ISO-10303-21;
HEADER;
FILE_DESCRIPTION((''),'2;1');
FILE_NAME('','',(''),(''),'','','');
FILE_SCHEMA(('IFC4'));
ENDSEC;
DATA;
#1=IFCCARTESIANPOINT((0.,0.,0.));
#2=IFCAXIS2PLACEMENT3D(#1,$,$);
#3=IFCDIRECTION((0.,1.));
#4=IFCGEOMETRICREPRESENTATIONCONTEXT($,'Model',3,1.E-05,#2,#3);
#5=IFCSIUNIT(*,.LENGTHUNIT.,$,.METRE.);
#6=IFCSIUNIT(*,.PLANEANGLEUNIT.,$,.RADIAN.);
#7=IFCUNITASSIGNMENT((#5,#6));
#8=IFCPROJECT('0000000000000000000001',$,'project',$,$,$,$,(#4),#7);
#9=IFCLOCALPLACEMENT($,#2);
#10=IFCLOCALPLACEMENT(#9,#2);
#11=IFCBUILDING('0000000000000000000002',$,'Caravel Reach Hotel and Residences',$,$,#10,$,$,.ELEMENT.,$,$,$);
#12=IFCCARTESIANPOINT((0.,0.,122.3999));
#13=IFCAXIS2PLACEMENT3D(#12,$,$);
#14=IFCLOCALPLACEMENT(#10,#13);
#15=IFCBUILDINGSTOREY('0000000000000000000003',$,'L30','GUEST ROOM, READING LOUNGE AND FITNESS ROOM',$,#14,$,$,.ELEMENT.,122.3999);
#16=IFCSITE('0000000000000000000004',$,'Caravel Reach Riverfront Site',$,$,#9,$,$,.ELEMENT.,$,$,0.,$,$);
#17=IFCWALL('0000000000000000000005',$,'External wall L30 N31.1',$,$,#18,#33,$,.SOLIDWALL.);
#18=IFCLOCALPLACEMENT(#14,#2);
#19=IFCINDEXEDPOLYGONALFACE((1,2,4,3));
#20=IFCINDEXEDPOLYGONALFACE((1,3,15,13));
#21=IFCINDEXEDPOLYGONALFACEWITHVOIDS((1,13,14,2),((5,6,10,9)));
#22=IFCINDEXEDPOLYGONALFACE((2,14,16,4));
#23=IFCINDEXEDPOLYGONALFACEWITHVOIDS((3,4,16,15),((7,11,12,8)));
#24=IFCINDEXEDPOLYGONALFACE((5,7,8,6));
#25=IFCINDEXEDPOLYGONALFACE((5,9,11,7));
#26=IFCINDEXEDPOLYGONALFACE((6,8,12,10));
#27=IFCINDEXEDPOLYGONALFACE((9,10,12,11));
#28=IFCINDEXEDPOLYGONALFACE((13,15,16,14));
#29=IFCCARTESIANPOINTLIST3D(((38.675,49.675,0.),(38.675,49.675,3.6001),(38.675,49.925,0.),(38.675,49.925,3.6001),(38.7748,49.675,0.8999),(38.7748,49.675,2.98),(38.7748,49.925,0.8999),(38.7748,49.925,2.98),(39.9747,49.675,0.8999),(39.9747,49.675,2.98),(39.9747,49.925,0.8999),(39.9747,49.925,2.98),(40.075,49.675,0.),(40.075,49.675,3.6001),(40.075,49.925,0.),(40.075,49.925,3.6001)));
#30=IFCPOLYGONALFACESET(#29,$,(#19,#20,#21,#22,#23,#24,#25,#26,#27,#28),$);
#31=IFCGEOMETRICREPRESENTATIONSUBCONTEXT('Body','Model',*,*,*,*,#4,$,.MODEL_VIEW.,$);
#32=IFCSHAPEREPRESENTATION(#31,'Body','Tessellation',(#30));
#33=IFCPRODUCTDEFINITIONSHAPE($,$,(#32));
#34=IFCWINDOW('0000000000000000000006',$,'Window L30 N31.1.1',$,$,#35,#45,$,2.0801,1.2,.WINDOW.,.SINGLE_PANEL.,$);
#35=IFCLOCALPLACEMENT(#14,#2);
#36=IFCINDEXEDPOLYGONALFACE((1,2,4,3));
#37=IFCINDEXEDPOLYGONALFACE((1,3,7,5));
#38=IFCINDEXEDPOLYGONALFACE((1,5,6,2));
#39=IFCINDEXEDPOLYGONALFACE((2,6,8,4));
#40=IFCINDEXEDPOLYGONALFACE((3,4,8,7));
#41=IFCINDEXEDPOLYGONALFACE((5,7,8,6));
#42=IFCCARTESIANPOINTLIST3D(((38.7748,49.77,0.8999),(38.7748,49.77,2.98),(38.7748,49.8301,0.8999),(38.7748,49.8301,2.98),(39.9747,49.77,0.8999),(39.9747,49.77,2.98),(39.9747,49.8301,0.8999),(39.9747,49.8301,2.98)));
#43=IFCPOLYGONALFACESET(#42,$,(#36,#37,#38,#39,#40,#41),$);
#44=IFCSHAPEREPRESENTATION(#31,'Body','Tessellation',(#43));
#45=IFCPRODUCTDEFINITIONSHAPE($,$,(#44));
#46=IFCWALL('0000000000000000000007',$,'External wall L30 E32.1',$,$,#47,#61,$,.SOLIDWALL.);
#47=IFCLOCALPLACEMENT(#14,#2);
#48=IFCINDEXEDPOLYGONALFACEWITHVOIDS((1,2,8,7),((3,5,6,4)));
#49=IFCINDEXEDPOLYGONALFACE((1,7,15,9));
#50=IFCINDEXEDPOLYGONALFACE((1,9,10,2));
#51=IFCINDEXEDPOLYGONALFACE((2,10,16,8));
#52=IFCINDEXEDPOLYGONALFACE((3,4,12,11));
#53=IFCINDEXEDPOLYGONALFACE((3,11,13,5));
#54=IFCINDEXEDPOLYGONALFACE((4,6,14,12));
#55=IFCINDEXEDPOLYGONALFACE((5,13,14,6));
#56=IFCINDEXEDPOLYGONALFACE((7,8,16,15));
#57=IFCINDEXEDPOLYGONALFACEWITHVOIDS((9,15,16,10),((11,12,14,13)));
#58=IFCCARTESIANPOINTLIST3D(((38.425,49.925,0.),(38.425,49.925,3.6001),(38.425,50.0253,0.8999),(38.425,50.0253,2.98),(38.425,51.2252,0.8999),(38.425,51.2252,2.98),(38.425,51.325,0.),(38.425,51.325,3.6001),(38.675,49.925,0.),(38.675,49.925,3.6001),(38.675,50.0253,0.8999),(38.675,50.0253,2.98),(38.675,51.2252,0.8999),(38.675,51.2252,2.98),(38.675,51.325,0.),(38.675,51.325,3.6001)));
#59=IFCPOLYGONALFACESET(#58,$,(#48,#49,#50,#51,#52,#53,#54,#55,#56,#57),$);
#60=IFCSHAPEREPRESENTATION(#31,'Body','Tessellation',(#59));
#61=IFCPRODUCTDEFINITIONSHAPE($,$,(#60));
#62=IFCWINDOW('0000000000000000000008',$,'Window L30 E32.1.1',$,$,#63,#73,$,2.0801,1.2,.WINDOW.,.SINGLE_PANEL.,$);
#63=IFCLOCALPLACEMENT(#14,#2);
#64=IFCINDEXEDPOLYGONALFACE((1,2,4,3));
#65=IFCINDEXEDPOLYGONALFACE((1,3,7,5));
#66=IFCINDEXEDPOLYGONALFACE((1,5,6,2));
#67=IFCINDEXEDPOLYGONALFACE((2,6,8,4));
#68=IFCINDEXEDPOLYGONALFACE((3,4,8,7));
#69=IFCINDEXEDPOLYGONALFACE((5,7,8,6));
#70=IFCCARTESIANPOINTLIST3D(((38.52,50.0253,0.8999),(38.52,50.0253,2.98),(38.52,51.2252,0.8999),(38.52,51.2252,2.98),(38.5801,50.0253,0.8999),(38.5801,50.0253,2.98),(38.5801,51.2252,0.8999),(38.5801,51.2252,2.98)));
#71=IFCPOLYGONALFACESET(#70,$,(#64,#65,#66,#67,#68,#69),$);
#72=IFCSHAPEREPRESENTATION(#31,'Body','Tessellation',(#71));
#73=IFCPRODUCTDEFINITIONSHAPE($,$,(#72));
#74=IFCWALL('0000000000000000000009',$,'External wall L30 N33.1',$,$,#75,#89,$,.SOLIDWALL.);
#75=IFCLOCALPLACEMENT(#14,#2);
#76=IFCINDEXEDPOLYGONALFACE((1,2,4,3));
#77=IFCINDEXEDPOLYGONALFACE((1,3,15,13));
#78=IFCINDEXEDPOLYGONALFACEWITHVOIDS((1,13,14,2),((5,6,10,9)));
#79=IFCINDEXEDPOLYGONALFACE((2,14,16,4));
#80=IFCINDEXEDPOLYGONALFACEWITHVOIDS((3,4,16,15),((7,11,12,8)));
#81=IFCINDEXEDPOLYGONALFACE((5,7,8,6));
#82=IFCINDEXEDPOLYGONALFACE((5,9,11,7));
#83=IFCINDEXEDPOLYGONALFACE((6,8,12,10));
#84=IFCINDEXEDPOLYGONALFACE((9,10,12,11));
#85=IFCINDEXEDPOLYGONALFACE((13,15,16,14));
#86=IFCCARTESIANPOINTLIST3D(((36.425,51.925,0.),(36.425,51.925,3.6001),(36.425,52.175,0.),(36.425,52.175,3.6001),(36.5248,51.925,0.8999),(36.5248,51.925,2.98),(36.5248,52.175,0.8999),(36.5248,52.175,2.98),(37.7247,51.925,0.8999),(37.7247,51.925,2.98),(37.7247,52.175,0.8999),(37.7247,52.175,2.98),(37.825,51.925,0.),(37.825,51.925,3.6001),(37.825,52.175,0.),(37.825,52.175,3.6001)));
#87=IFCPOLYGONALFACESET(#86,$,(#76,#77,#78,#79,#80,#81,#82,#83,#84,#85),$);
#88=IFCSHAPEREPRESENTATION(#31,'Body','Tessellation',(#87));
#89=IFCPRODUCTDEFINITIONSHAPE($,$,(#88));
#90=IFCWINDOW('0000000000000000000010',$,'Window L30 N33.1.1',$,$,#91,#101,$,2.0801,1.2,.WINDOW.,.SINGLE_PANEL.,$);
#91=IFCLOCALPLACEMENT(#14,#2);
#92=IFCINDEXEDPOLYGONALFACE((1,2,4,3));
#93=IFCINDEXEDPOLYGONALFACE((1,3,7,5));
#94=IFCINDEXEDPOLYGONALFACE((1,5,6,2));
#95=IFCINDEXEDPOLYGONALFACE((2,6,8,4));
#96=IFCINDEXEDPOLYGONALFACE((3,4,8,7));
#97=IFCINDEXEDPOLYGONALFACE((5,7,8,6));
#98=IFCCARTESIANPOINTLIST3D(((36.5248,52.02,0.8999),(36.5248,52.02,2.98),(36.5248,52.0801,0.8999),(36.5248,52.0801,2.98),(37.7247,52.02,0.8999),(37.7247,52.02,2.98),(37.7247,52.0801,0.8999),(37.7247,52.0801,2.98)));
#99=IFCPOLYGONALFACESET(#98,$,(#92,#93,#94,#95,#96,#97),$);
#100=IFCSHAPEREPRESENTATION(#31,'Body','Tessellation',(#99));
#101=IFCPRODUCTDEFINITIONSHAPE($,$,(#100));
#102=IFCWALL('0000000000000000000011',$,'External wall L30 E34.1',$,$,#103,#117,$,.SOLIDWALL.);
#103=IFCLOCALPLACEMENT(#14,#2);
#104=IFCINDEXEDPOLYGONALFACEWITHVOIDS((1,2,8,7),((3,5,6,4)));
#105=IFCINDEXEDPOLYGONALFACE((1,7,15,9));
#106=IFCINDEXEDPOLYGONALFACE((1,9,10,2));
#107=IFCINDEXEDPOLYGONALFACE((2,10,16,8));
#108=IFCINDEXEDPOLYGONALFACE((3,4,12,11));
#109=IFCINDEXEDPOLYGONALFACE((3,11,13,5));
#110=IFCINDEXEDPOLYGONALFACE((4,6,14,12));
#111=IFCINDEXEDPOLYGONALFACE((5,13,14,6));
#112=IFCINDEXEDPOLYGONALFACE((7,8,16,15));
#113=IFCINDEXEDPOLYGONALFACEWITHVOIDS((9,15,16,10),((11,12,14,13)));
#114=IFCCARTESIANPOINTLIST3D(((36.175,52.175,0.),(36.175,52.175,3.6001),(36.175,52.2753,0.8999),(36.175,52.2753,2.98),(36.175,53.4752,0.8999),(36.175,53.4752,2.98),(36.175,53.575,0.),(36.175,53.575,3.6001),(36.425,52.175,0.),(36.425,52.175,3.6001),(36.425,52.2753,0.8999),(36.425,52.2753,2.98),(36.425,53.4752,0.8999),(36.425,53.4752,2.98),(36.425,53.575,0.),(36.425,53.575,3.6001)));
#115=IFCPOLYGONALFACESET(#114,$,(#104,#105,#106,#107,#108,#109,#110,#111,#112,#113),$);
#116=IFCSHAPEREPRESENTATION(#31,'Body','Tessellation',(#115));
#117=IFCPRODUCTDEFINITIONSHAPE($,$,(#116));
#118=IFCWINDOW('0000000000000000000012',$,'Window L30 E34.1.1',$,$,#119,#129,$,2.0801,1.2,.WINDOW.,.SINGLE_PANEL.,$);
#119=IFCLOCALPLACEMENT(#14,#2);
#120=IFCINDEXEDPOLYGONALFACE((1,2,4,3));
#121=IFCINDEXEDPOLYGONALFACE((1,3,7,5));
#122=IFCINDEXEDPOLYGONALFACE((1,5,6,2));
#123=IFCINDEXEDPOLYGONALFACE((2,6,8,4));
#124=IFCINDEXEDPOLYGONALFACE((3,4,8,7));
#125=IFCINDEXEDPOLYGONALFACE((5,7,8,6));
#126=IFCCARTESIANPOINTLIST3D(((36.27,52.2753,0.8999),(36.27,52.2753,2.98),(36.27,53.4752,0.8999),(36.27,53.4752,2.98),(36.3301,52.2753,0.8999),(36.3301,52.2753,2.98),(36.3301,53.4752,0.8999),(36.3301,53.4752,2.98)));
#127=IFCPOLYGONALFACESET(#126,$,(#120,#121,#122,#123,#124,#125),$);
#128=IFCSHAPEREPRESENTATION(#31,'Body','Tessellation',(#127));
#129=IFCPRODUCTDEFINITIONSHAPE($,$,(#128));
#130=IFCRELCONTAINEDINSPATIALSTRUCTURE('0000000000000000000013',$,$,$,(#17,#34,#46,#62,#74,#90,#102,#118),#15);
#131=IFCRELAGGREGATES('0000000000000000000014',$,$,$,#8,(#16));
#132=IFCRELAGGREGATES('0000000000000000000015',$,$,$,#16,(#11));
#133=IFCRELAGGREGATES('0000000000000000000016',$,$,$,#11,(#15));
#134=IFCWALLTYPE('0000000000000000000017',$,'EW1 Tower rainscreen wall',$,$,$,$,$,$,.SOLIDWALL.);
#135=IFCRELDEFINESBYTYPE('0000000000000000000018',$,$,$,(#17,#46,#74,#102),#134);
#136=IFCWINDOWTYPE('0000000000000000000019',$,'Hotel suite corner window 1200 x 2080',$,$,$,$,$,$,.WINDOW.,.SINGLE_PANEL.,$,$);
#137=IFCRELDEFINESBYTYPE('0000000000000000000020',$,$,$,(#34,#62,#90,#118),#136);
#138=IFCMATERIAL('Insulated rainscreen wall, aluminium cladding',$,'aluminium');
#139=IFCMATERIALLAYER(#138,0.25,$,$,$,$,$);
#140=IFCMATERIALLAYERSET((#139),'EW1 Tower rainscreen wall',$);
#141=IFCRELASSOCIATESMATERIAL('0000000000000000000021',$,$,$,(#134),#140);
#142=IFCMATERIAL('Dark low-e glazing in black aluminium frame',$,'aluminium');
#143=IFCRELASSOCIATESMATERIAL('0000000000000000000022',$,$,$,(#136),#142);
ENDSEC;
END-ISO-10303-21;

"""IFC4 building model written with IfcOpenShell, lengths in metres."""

from ifc_helpers import new_model, si_unit, direction, frame, frame_2d, origin, place, context, subcontext, project, spatial, rectangle, extrude, material, layer, layer_set, type_object, element, fill, save


model = new_model("IFC4")

# Units and contexts
model_context = context("Model", 3, precision=1e-05, world=origin(), true_north=direction((0.0, 1.0)))
body_context = subcontext(model_context, "Body", "Model", "MODEL_VIEW")
ifc_project = project(units=[si_unit("LENGTHUNIT", "METRE"), si_unit("PLANEANGLEUNIT", "RADIAN")], contexts=[model_context])

# Site, building, storey
site_placement = place(None, origin())
site = spatial("IfcSite", under=ifc_project, at=site_placement, Name="Caravel Reach Riverfront Site", CompositionType="ELEMENT", RefElevation=0.0)
building_placement = place(site_placement, origin())
building = spatial("IfcBuilding", under=site, at=building_placement, Name="Caravel Reach Hotel and Residences", CompositionType="ELEMENT")
storey_placement = place(building_placement, frame((0.0, 0.0, 122.3999)))
storey = spatial("IfcBuildingStorey", under=building, at=storey_placement, Name="L30", Description="GUEST ROOM, READING LOUNGE AND FITNESS ROOM", CompositionType="ELEMENT", Elevation=122.3999)

# Shared definitions
ifc_material_1 = material(Name="Insulated rainscreen wall, aluminium cladding", Category="aluminium")
ifc_layer_1 = layer(ifc_material_1, 0.25)
ifc_layer_set_1 = layer_set([ifc_layer_1], Name="EW1 Tower rainscreen wall")
wall_type_1 = type_object("IfcWallType", Name="EW1 Tower rainscreen wall", PredefinedType="SOLIDWALL", material=ifc_layer_set_1)

# Walls, openings, windows
wall_1_placement = place(storey_placement, frame((40.075, 49.8, 0.0), z_axis=(0.0, 0.0, 1.0), x_axis=(-1.0, 0.0, 0.0)))
wall_1 = element("IfcWall", 1, at=wall_1_placement, inside=storey, type_object=wall_type_1, Name="External wall L30 N31.1", PredefinedType="SOLIDWALL", context=body_context, shape_type="SweptSolid", body=[
    extrude(rectangle(XDim=1.3999, YDim=0.25, at=frame_2d((0.7, 0.0))), origin(), (0.0, 0.0, 1.0), 3.6001),
])
opening_1_placement = place(wall_1_placement, frame((0.1001, 0.0, 0.8999)))
opening_1 = element("IfcOpeningElement", 2, at=opening_1_placement, cuts=wall_1, PredefinedType="OPENING", context=body_context, shape_type="SweptSolid", body=[
    extrude(rectangle(XDim=1.2, YDim=2.0801, at=frame_2d((0.6001, 1.04))), frame((0.0, 0.135, 0.0), z_axis=(0.0, -1.0, 0.0), x_axis=(1.0, 0.0, 0.0)), (0.0, 0.0, 1.0), 0.27),
])
ifc_material_2 = material(Name="Dark low-e glazing in black aluminium frame", Category="aluminium")
window_type_1 = type_object("IfcWindowType", Name="Hotel suite corner window 1200 x 2080", PartitioningType="SINGLE_PANEL", PredefinedType="WINDOW", material=ifc_material_2)
window_1_placement = place(opening_1_placement, origin())
window_1 = element("IfcWindow", 3, at=window_1_placement, inside=storey, type_object=window_type_1, Name="Window L30 N31.1.1", OverallHeight=2.0801, OverallWidth=1.2, PartitioningType="SINGLE_PANEL", PredefinedType="WINDOW", context=body_context, shape_type="SweptSolid", body=[
    extrude(rectangle(XDim=1.2, YDim=2.0801, at=frame_2d((0.6001, 1.04))), frame((0.0, 0.03, 0.0), z_axis=(0.0, -1.0, 0.0), x_axis=(1.0, 0.0, 0.0)), (0.0, 0.0, 1.0), 0.0601),
])
fill(opening_1, window_1)
wall_2_placement = place(storey_placement, frame((38.55, 49.925, 0.0), z_axis=(0.0, 0.0, 1.0), x_axis=(0.0, 1.0, 0.0)))
wall_2 = element("IfcWall", 4, at=wall_2_placement, inside=storey, type_object=wall_type_1, Name="External wall L30 E32.1", PredefinedType="SOLIDWALL", context=body_context, shape_type="SweptSolid", body=[
    extrude(rectangle(XDim=1.3999, YDim=0.25, at=frame_2d((0.7, 0.0))), origin(), (0.0, 0.0, 1.0), 3.6001),
])
opening_2_placement = place(wall_2_placement, frame((0.1001, 0.0, 0.8999)))
opening_2 = element("IfcOpeningElement", 5, at=opening_2_placement, cuts=wall_2, PredefinedType="OPENING", context=body_context, shape_type="SweptSolid", body=[
    extrude(rectangle(XDim=1.2, YDim=2.0801, at=frame_2d((0.6001, 1.04))), frame((0.0, 0.135, 0.0), z_axis=(0.0, -1.0, 0.0), x_axis=(1.0, 0.0, 0.0)), (0.0, 0.0, 1.0), 0.27),
])
window_2_placement = place(opening_2_placement, origin())
window_2 = element("IfcWindow", 6, at=window_2_placement, inside=storey, type_object=window_type_1, Name="Window L30 E32.1.1", OverallHeight=2.0801, OverallWidth=1.2, PartitioningType="SINGLE_PANEL", PredefinedType="WINDOW", context=body_context, shape_type="SweptSolid", body=[
    extrude(rectangle(XDim=1.2, YDim=2.0801, at=frame_2d((0.6001, 1.04))), frame((0.0, 0.03, 0.0), z_axis=(0.0, -1.0, 0.0), x_axis=(1.0, 0.0, 0.0)), (0.0, 0.0, 1.0), 0.0601),
])
fill(opening_2, window_2)
wall_3_placement = place(storey_placement, frame((37.825, 52.05, 0.0), z_axis=(0.0, 0.0, 1.0), x_axis=(-1.0, 0.0, 0.0)))
wall_3 = element("IfcWall", 7, at=wall_3_placement, inside=storey, type_object=wall_type_1, Name="External wall L30 N33.1", PredefinedType="SOLIDWALL", context=body_context, shape_type="SweptSolid", body=[
    extrude(rectangle(XDim=1.3999, YDim=0.25, at=frame_2d((0.7, 0.0))), origin(), (0.0, 0.0, 1.0), 3.6001),
])
opening_3_placement = place(wall_3_placement, frame((0.1001, 0.0, 0.8999)))
opening_3 = element("IfcOpeningElement", 8, at=opening_3_placement, cuts=wall_3, PredefinedType="OPENING", context=body_context, shape_type="SweptSolid", body=[
    extrude(rectangle(XDim=1.2, YDim=2.0801, at=frame_2d((0.6001, 1.04))), frame((0.0, 0.135, 0.0), z_axis=(0.0, -1.0, 0.0), x_axis=(1.0, 0.0, 0.0)), (0.0, 0.0, 1.0), 0.27),
])
window_3_placement = place(opening_3_placement, origin())
window_3 = element("IfcWindow", 9, at=window_3_placement, inside=storey, type_object=window_type_1, Name="Window L30 N33.1.1", OverallHeight=2.0801, OverallWidth=1.2, PartitioningType="SINGLE_PANEL", PredefinedType="WINDOW", context=body_context, shape_type="SweptSolid", body=[
    extrude(rectangle(XDim=1.2, YDim=2.0801, at=frame_2d((0.6001, 1.04))), frame((0.0, 0.03, 0.0), z_axis=(0.0, -1.0, 0.0), x_axis=(1.0, 0.0, 0.0)), (0.0, 0.0, 1.0), 0.0601),
])
fill(opening_3, window_3)
wall_4_placement = place(storey_placement, frame((36.3, 52.175, 0.0), z_axis=(0.0, 0.0, 1.0), x_axis=(0.0, 1.0, 0.0)))
wall_4 = element("IfcWall", 10, at=wall_4_placement, inside=storey, type_object=wall_type_1, Name="External wall L30 E34.1", PredefinedType="SOLIDWALL", context=body_context, shape_type="SweptSolid", body=[
    extrude(rectangle(XDim=1.3999, YDim=0.25, at=frame_2d((0.7, 0.0))), origin(), (0.0, 0.0, 1.0), 3.6001),
])
opening_4_placement = place(wall_4_placement, frame((0.1001, 0.0, 0.8999)))
opening_4 = element("IfcOpeningElement", 11, at=opening_4_placement, cuts=wall_4, PredefinedType="OPENING", context=body_context, shape_type="SweptSolid", body=[
    extrude(rectangle(XDim=1.2, YDim=2.0801, at=frame_2d((0.6001, 1.04))), frame((0.0, 0.135, 0.0), z_axis=(0.0, -1.0, 0.0), x_axis=(1.0, 0.0, 0.0)), (0.0, 0.0, 1.0), 0.27),
])
window_4_placement = place(opening_4_placement, origin())
window_4 = element("IfcWindow", 12, at=window_4_placement, inside=storey, type_object=window_type_1, Name="Window L30 E34.1.1", OverallHeight=2.0801, OverallWidth=1.2, PartitioningType="SINGLE_PANEL", PredefinedType="WINDOW", context=body_context, shape_type="SweptSolid", body=[
    extrude(rectangle(XDim=1.2, YDim=2.0801, at=frame_2d((0.6001, 1.04))), frame((0.0, 0.03, 0.0), z_axis=(0.0, -1.0, 0.0), x_axis=(1.0, 0.0, 0.0)), (0.0, 0.0, 1.0), 0.0601),
])
fill(opening_4, window_4)

save(model, "model.ifc")
